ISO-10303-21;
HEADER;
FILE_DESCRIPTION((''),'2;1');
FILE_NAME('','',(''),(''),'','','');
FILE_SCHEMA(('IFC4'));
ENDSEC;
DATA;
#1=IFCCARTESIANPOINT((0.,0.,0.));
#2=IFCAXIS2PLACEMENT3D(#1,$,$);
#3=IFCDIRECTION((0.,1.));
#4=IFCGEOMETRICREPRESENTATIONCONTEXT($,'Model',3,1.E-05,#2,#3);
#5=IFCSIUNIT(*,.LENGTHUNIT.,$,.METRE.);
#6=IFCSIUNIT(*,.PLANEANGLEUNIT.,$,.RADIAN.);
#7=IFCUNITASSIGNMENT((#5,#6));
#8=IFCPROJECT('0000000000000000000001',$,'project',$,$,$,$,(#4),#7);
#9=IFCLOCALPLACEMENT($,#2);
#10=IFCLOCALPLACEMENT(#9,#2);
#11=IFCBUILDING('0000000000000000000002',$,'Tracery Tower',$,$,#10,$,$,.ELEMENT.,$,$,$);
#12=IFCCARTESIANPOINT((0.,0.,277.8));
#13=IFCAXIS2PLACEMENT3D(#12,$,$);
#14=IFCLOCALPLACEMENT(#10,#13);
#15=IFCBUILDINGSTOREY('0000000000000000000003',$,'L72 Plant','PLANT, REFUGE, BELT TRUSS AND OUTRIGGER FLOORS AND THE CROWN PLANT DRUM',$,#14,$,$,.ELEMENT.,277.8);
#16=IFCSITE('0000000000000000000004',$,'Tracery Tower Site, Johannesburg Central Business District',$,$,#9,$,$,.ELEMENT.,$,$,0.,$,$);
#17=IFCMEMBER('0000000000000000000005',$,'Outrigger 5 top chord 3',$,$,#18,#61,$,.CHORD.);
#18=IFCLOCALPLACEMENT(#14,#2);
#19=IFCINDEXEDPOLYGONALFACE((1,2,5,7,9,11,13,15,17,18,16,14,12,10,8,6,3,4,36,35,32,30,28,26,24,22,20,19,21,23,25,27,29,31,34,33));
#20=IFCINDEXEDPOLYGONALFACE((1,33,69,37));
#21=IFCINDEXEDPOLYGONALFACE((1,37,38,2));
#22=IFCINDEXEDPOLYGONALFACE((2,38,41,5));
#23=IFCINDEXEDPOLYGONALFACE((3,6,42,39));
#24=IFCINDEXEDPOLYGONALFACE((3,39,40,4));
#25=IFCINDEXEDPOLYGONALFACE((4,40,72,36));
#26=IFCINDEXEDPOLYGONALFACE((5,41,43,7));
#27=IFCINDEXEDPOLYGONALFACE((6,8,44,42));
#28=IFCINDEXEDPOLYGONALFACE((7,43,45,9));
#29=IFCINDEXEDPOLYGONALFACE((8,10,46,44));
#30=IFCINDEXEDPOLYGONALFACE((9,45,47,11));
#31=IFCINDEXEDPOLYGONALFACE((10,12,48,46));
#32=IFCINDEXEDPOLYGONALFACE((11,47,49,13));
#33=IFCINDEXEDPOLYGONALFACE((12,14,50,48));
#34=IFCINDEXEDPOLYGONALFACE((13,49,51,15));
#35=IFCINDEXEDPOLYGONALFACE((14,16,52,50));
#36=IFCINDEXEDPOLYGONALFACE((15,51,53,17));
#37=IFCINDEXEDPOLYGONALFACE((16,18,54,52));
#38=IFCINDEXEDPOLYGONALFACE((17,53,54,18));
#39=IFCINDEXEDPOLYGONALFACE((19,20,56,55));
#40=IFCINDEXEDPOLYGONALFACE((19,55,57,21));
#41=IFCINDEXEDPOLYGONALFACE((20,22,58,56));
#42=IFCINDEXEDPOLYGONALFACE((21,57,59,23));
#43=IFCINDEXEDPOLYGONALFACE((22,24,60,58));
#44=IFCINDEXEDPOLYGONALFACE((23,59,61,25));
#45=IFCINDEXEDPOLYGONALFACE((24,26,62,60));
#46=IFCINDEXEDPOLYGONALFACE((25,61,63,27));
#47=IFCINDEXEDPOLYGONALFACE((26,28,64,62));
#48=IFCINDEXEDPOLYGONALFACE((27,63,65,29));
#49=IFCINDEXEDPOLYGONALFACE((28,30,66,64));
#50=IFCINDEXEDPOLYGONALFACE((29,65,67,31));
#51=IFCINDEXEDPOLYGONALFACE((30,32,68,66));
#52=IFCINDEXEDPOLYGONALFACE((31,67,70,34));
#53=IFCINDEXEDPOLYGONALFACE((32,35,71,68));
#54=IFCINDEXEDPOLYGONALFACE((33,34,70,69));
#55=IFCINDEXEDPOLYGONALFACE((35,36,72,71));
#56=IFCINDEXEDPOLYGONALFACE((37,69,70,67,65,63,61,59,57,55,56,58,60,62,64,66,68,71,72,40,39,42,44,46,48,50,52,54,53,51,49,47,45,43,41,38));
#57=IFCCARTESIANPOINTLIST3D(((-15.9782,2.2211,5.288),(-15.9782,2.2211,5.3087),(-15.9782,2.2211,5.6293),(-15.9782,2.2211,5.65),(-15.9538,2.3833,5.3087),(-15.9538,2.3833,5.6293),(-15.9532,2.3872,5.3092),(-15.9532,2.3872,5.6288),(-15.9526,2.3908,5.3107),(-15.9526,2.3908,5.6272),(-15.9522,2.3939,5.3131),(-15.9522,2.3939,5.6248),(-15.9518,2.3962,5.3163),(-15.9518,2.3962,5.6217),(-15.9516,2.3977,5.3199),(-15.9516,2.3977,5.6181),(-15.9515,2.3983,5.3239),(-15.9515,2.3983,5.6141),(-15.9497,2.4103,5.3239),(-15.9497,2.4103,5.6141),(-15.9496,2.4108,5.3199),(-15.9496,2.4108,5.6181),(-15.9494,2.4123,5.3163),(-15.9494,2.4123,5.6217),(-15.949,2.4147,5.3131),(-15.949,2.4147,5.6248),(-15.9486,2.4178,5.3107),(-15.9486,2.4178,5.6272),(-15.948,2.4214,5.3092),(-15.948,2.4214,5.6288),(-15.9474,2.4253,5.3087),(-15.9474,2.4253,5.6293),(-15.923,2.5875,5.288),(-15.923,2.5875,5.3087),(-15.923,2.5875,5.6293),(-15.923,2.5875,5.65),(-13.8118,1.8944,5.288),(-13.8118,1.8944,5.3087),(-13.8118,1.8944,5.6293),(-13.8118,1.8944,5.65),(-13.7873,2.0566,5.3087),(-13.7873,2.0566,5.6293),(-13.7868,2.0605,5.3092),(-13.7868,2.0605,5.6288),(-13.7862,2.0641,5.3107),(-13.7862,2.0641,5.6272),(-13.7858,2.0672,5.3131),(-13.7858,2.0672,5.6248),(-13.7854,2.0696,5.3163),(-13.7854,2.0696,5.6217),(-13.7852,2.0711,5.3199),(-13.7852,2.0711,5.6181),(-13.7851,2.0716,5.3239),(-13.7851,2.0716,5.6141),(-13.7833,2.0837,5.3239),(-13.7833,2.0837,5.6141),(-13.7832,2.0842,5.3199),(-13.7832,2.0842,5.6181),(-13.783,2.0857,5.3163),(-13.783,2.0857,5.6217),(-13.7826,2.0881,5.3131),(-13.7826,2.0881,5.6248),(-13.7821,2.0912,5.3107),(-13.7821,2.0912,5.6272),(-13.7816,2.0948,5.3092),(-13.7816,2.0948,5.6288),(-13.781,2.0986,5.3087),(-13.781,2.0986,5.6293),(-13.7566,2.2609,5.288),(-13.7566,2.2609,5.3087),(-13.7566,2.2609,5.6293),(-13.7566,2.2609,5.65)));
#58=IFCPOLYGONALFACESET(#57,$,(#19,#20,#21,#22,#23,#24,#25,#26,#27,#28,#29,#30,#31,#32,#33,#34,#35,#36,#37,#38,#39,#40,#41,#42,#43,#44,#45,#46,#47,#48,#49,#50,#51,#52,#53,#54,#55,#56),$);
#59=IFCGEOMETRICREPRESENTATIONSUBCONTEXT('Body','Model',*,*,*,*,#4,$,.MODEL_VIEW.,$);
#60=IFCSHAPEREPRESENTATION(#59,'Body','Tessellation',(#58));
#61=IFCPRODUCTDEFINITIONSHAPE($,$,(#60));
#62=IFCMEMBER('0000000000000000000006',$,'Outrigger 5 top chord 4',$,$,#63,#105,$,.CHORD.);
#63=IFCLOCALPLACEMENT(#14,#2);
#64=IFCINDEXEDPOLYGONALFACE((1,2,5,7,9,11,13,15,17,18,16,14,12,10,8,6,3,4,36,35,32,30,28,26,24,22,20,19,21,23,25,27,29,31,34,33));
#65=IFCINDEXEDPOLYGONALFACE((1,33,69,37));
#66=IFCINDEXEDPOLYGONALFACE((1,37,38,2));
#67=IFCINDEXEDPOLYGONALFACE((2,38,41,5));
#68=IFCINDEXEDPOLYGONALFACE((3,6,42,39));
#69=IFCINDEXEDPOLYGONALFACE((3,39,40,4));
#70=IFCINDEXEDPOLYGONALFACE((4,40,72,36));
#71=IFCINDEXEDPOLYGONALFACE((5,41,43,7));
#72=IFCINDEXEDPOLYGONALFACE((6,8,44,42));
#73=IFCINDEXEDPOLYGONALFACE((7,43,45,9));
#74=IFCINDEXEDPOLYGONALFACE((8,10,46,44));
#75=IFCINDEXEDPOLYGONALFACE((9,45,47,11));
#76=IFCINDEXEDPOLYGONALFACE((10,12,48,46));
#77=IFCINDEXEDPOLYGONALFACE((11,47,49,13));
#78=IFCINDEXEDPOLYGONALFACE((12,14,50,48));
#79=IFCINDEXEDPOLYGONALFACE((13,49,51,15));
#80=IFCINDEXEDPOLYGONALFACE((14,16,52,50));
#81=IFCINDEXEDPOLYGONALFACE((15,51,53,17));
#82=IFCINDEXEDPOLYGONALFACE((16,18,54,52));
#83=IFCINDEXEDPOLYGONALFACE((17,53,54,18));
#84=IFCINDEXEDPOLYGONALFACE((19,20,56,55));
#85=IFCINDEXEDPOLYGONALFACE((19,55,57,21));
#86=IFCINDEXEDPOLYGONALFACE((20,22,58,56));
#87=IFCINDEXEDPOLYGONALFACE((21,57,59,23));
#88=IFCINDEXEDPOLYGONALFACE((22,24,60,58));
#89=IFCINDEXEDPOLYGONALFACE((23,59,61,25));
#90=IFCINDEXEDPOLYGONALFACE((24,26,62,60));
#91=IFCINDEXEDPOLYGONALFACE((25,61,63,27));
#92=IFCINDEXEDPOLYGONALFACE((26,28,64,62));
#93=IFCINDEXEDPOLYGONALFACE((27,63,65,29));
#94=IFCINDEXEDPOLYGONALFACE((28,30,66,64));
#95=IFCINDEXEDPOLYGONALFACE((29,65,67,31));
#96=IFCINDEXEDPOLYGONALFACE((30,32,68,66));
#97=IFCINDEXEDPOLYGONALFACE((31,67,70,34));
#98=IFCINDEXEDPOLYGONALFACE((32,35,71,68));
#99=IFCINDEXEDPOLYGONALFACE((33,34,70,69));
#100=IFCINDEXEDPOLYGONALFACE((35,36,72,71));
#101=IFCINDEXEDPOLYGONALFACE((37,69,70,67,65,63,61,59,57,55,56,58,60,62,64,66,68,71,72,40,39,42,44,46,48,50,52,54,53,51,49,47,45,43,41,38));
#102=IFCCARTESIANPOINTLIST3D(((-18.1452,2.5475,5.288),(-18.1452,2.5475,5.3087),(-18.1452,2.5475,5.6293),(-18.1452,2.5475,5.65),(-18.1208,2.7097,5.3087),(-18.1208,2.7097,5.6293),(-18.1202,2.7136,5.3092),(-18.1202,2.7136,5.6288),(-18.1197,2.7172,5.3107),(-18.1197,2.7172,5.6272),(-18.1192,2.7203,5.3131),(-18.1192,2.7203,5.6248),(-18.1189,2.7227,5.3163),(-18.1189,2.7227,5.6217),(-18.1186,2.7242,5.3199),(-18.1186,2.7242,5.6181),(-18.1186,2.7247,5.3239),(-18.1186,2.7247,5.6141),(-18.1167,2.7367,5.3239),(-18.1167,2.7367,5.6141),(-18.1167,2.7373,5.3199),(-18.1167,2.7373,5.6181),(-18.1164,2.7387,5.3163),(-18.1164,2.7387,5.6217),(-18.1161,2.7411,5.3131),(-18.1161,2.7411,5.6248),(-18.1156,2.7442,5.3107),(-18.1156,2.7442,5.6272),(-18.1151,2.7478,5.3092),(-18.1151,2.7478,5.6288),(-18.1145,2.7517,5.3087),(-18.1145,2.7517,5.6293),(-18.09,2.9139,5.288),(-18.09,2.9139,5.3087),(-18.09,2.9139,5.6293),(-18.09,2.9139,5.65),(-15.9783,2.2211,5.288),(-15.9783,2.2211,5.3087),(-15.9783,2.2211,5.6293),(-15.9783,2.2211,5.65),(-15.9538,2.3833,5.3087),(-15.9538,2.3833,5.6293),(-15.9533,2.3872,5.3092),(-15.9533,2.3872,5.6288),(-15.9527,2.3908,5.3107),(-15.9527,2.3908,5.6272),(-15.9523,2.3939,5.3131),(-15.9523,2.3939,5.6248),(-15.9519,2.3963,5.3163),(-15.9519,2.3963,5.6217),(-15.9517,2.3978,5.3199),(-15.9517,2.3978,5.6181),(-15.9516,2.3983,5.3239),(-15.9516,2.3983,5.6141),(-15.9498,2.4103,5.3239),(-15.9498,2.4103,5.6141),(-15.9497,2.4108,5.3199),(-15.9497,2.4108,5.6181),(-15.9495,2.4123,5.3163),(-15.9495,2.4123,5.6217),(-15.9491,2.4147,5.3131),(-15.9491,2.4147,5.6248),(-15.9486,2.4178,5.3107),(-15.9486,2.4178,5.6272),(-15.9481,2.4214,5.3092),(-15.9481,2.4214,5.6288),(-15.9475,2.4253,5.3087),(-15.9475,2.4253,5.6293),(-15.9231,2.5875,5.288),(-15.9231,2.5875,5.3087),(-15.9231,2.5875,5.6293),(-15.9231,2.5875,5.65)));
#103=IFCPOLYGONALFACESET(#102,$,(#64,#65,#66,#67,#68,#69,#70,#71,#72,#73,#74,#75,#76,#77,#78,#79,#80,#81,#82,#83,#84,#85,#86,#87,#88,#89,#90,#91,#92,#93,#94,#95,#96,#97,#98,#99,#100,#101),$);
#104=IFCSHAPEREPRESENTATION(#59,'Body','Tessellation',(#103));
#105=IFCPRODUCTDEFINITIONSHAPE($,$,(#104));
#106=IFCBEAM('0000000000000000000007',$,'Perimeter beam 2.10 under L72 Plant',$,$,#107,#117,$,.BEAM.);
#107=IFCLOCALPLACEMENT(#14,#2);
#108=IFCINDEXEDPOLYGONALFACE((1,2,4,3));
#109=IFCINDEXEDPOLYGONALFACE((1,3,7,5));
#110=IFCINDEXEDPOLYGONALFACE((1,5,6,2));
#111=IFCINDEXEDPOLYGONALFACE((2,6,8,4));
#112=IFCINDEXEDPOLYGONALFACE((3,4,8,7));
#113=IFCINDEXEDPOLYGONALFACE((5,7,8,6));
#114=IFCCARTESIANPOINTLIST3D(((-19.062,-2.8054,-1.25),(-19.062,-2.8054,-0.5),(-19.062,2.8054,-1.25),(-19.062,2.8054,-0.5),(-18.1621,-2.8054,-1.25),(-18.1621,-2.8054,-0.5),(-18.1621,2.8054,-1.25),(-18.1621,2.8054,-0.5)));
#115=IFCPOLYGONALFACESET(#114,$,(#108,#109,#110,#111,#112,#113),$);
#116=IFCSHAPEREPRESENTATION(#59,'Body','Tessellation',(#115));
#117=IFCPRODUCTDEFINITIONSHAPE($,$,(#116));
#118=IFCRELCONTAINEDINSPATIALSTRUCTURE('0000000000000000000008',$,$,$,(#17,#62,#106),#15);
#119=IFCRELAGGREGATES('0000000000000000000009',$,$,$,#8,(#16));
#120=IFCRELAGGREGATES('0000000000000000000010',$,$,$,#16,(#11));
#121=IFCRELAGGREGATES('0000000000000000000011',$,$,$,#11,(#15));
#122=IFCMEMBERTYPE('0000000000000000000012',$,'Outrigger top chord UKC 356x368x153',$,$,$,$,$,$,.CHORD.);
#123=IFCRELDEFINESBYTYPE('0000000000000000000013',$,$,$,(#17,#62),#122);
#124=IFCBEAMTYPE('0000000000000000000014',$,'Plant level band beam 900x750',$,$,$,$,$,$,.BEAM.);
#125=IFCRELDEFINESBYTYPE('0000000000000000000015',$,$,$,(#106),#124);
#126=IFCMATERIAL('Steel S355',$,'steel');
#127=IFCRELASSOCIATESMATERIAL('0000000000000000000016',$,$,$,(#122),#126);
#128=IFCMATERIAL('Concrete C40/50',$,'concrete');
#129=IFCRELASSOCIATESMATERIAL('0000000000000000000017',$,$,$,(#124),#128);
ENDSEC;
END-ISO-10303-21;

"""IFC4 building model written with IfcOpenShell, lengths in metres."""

from ifc_helpers import new_model, si_unit, direction, frame, origin, origin_2d, place, context, subcontext, project, spatial, rectangle, i_section, extrude, material, material_profile, profile_set, type_object, element, save


model = new_model("IFC4")

# Units and contexts
model_context = context("Model", 3, precision=1e-05, world=origin(), true_north=direction((0.0, 1.0)))
body_context = subcontext(model_context, "Body", "Model", "MODEL_VIEW")
ifc_project = project(units=[si_unit("LENGTHUNIT", "METRE"), si_unit("PLANEANGLEUNIT", "RADIAN")], contexts=[model_context])

# Site, building, storey
site_placement = place(None, origin())
site = spatial("IfcSite", under=ifc_project, at=site_placement, Name="Tracery Tower Site, Johannesburg Central Business District", CompositionType="ELEMENT", RefElevation=0.0)
building_placement = place(site_placement, origin())
building = spatial("IfcBuilding", under=site, at=building_placement, Name="Tracery Tower", CompositionType="ELEMENT")
storey_placement = place(building_placement, frame((0.0, 0.0, 277.8)))
storey = spatial("IfcBuildingStorey", under=building, at=storey_placement, Name="L72 Plant", Description="PLANT, REFUGE, BELT TRUSS AND OUTRIGGER FLOORS AND THE CROWN PLANT DRUM", CompositionType="ELEMENT", Elevation=277.8)

# Members
ifc_material_1 = material(Name="Steel S355", Category="steel")
ifc_material_profile_1 = material_profile(ifc_material_1, i_section(OverallWidth=0.3706, OverallDepth=0.3621, WebThickness=0.0122, FlangeThickness=0.0208, FilletRadius=0.0151, at=origin_2d()), Name="UKC 356x368x153")
ifc_profile_set_1 = profile_set([ifc_material_profile_1], Name="Steel S355")
member_type_1 = type_object("IfcMemberType", Name="Outrigger top chord UKC 356x368x153", PredefinedType="CHORD", material=ifc_profile_set_1)
member_1_placement = place(storey_placement, frame((-13.7842, 2.0776, 5.469), z_axis=(-0.988823, 0.149092, 0.0), x_axis=(-0.149092, -0.988823, 0.0)))
element("IfcMember", 1, at=member_1_placement, inside=storey, type_object=member_type_1, Name="Outrigger 5 top chord 3", PredefinedType="CHORD", context=body_context, shape_type="SweptSolid", body=[
    extrude(i_section(OverallWidth=0.3706, OverallDepth=0.3621, WebThickness=0.0122, FlangeThickness=0.0208, FilletRadius=0.0151, at=origin_2d()), origin(), (0.0, 0.0, 1.0), 2.1909),
])
member_2_placement = place(storey_placement, frame((-15.9507, 2.4043, 5.469), z_axis=(-0.988845, 0.148951, 0.0), x_axis=(-0.148951, -0.988845, 0.0)))
element("IfcMember", 2, at=member_2_placement, inside=storey, type_object=member_type_1, Name="Outrigger 5 top chord 4", PredefinedType="CHORD", context=body_context, shape_type="SweptSolid", body=[
    extrude(i_section(OverallWidth=0.3706, OverallDepth=0.3621, WebThickness=0.0122, FlangeThickness=0.0208, FilletRadius=0.0151, at=origin_2d()), origin(), (0.0, 0.0, 1.0), 2.1914),
])

# Beam
ifc_material_2 = material(Name="Concrete C40/50", Category="concrete")
ifc_material_profile_2 = material_profile(ifc_material_2, rectangle(XDim=0.8999, YDim=0.75, at=origin_2d()), Name="RC 900x750")
ifc_profile_set_2 = profile_set([ifc_material_profile_2], Name="Concrete C40/50")
beam_type_1 = type_object("IfcBeamType", Name="Plant level band beam 900x750", PredefinedType="BEAM", material=ifc_profile_set_2)
beam_1_placement = place(storey_placement, frame((-18.6121, 2.8054, -0.875), z_axis=(0.0, -1.0, 0.0), x_axis=(1.0, 0.0, 0.0)))
element("IfcBeam", 3, at=beam_1_placement, inside=storey, type_object=beam_type_1, Name="Perimeter beam 2.10 under L72 Plant", PredefinedType="BEAM", context=body_context, shape_type="SweptSolid", body=[
    extrude(rectangle(XDim=0.8999, YDim=0.75, at=origin_2d()), origin(), (0.0, 0.0, 1.0), 5.6108),
])

save(model, "model.ifc")
